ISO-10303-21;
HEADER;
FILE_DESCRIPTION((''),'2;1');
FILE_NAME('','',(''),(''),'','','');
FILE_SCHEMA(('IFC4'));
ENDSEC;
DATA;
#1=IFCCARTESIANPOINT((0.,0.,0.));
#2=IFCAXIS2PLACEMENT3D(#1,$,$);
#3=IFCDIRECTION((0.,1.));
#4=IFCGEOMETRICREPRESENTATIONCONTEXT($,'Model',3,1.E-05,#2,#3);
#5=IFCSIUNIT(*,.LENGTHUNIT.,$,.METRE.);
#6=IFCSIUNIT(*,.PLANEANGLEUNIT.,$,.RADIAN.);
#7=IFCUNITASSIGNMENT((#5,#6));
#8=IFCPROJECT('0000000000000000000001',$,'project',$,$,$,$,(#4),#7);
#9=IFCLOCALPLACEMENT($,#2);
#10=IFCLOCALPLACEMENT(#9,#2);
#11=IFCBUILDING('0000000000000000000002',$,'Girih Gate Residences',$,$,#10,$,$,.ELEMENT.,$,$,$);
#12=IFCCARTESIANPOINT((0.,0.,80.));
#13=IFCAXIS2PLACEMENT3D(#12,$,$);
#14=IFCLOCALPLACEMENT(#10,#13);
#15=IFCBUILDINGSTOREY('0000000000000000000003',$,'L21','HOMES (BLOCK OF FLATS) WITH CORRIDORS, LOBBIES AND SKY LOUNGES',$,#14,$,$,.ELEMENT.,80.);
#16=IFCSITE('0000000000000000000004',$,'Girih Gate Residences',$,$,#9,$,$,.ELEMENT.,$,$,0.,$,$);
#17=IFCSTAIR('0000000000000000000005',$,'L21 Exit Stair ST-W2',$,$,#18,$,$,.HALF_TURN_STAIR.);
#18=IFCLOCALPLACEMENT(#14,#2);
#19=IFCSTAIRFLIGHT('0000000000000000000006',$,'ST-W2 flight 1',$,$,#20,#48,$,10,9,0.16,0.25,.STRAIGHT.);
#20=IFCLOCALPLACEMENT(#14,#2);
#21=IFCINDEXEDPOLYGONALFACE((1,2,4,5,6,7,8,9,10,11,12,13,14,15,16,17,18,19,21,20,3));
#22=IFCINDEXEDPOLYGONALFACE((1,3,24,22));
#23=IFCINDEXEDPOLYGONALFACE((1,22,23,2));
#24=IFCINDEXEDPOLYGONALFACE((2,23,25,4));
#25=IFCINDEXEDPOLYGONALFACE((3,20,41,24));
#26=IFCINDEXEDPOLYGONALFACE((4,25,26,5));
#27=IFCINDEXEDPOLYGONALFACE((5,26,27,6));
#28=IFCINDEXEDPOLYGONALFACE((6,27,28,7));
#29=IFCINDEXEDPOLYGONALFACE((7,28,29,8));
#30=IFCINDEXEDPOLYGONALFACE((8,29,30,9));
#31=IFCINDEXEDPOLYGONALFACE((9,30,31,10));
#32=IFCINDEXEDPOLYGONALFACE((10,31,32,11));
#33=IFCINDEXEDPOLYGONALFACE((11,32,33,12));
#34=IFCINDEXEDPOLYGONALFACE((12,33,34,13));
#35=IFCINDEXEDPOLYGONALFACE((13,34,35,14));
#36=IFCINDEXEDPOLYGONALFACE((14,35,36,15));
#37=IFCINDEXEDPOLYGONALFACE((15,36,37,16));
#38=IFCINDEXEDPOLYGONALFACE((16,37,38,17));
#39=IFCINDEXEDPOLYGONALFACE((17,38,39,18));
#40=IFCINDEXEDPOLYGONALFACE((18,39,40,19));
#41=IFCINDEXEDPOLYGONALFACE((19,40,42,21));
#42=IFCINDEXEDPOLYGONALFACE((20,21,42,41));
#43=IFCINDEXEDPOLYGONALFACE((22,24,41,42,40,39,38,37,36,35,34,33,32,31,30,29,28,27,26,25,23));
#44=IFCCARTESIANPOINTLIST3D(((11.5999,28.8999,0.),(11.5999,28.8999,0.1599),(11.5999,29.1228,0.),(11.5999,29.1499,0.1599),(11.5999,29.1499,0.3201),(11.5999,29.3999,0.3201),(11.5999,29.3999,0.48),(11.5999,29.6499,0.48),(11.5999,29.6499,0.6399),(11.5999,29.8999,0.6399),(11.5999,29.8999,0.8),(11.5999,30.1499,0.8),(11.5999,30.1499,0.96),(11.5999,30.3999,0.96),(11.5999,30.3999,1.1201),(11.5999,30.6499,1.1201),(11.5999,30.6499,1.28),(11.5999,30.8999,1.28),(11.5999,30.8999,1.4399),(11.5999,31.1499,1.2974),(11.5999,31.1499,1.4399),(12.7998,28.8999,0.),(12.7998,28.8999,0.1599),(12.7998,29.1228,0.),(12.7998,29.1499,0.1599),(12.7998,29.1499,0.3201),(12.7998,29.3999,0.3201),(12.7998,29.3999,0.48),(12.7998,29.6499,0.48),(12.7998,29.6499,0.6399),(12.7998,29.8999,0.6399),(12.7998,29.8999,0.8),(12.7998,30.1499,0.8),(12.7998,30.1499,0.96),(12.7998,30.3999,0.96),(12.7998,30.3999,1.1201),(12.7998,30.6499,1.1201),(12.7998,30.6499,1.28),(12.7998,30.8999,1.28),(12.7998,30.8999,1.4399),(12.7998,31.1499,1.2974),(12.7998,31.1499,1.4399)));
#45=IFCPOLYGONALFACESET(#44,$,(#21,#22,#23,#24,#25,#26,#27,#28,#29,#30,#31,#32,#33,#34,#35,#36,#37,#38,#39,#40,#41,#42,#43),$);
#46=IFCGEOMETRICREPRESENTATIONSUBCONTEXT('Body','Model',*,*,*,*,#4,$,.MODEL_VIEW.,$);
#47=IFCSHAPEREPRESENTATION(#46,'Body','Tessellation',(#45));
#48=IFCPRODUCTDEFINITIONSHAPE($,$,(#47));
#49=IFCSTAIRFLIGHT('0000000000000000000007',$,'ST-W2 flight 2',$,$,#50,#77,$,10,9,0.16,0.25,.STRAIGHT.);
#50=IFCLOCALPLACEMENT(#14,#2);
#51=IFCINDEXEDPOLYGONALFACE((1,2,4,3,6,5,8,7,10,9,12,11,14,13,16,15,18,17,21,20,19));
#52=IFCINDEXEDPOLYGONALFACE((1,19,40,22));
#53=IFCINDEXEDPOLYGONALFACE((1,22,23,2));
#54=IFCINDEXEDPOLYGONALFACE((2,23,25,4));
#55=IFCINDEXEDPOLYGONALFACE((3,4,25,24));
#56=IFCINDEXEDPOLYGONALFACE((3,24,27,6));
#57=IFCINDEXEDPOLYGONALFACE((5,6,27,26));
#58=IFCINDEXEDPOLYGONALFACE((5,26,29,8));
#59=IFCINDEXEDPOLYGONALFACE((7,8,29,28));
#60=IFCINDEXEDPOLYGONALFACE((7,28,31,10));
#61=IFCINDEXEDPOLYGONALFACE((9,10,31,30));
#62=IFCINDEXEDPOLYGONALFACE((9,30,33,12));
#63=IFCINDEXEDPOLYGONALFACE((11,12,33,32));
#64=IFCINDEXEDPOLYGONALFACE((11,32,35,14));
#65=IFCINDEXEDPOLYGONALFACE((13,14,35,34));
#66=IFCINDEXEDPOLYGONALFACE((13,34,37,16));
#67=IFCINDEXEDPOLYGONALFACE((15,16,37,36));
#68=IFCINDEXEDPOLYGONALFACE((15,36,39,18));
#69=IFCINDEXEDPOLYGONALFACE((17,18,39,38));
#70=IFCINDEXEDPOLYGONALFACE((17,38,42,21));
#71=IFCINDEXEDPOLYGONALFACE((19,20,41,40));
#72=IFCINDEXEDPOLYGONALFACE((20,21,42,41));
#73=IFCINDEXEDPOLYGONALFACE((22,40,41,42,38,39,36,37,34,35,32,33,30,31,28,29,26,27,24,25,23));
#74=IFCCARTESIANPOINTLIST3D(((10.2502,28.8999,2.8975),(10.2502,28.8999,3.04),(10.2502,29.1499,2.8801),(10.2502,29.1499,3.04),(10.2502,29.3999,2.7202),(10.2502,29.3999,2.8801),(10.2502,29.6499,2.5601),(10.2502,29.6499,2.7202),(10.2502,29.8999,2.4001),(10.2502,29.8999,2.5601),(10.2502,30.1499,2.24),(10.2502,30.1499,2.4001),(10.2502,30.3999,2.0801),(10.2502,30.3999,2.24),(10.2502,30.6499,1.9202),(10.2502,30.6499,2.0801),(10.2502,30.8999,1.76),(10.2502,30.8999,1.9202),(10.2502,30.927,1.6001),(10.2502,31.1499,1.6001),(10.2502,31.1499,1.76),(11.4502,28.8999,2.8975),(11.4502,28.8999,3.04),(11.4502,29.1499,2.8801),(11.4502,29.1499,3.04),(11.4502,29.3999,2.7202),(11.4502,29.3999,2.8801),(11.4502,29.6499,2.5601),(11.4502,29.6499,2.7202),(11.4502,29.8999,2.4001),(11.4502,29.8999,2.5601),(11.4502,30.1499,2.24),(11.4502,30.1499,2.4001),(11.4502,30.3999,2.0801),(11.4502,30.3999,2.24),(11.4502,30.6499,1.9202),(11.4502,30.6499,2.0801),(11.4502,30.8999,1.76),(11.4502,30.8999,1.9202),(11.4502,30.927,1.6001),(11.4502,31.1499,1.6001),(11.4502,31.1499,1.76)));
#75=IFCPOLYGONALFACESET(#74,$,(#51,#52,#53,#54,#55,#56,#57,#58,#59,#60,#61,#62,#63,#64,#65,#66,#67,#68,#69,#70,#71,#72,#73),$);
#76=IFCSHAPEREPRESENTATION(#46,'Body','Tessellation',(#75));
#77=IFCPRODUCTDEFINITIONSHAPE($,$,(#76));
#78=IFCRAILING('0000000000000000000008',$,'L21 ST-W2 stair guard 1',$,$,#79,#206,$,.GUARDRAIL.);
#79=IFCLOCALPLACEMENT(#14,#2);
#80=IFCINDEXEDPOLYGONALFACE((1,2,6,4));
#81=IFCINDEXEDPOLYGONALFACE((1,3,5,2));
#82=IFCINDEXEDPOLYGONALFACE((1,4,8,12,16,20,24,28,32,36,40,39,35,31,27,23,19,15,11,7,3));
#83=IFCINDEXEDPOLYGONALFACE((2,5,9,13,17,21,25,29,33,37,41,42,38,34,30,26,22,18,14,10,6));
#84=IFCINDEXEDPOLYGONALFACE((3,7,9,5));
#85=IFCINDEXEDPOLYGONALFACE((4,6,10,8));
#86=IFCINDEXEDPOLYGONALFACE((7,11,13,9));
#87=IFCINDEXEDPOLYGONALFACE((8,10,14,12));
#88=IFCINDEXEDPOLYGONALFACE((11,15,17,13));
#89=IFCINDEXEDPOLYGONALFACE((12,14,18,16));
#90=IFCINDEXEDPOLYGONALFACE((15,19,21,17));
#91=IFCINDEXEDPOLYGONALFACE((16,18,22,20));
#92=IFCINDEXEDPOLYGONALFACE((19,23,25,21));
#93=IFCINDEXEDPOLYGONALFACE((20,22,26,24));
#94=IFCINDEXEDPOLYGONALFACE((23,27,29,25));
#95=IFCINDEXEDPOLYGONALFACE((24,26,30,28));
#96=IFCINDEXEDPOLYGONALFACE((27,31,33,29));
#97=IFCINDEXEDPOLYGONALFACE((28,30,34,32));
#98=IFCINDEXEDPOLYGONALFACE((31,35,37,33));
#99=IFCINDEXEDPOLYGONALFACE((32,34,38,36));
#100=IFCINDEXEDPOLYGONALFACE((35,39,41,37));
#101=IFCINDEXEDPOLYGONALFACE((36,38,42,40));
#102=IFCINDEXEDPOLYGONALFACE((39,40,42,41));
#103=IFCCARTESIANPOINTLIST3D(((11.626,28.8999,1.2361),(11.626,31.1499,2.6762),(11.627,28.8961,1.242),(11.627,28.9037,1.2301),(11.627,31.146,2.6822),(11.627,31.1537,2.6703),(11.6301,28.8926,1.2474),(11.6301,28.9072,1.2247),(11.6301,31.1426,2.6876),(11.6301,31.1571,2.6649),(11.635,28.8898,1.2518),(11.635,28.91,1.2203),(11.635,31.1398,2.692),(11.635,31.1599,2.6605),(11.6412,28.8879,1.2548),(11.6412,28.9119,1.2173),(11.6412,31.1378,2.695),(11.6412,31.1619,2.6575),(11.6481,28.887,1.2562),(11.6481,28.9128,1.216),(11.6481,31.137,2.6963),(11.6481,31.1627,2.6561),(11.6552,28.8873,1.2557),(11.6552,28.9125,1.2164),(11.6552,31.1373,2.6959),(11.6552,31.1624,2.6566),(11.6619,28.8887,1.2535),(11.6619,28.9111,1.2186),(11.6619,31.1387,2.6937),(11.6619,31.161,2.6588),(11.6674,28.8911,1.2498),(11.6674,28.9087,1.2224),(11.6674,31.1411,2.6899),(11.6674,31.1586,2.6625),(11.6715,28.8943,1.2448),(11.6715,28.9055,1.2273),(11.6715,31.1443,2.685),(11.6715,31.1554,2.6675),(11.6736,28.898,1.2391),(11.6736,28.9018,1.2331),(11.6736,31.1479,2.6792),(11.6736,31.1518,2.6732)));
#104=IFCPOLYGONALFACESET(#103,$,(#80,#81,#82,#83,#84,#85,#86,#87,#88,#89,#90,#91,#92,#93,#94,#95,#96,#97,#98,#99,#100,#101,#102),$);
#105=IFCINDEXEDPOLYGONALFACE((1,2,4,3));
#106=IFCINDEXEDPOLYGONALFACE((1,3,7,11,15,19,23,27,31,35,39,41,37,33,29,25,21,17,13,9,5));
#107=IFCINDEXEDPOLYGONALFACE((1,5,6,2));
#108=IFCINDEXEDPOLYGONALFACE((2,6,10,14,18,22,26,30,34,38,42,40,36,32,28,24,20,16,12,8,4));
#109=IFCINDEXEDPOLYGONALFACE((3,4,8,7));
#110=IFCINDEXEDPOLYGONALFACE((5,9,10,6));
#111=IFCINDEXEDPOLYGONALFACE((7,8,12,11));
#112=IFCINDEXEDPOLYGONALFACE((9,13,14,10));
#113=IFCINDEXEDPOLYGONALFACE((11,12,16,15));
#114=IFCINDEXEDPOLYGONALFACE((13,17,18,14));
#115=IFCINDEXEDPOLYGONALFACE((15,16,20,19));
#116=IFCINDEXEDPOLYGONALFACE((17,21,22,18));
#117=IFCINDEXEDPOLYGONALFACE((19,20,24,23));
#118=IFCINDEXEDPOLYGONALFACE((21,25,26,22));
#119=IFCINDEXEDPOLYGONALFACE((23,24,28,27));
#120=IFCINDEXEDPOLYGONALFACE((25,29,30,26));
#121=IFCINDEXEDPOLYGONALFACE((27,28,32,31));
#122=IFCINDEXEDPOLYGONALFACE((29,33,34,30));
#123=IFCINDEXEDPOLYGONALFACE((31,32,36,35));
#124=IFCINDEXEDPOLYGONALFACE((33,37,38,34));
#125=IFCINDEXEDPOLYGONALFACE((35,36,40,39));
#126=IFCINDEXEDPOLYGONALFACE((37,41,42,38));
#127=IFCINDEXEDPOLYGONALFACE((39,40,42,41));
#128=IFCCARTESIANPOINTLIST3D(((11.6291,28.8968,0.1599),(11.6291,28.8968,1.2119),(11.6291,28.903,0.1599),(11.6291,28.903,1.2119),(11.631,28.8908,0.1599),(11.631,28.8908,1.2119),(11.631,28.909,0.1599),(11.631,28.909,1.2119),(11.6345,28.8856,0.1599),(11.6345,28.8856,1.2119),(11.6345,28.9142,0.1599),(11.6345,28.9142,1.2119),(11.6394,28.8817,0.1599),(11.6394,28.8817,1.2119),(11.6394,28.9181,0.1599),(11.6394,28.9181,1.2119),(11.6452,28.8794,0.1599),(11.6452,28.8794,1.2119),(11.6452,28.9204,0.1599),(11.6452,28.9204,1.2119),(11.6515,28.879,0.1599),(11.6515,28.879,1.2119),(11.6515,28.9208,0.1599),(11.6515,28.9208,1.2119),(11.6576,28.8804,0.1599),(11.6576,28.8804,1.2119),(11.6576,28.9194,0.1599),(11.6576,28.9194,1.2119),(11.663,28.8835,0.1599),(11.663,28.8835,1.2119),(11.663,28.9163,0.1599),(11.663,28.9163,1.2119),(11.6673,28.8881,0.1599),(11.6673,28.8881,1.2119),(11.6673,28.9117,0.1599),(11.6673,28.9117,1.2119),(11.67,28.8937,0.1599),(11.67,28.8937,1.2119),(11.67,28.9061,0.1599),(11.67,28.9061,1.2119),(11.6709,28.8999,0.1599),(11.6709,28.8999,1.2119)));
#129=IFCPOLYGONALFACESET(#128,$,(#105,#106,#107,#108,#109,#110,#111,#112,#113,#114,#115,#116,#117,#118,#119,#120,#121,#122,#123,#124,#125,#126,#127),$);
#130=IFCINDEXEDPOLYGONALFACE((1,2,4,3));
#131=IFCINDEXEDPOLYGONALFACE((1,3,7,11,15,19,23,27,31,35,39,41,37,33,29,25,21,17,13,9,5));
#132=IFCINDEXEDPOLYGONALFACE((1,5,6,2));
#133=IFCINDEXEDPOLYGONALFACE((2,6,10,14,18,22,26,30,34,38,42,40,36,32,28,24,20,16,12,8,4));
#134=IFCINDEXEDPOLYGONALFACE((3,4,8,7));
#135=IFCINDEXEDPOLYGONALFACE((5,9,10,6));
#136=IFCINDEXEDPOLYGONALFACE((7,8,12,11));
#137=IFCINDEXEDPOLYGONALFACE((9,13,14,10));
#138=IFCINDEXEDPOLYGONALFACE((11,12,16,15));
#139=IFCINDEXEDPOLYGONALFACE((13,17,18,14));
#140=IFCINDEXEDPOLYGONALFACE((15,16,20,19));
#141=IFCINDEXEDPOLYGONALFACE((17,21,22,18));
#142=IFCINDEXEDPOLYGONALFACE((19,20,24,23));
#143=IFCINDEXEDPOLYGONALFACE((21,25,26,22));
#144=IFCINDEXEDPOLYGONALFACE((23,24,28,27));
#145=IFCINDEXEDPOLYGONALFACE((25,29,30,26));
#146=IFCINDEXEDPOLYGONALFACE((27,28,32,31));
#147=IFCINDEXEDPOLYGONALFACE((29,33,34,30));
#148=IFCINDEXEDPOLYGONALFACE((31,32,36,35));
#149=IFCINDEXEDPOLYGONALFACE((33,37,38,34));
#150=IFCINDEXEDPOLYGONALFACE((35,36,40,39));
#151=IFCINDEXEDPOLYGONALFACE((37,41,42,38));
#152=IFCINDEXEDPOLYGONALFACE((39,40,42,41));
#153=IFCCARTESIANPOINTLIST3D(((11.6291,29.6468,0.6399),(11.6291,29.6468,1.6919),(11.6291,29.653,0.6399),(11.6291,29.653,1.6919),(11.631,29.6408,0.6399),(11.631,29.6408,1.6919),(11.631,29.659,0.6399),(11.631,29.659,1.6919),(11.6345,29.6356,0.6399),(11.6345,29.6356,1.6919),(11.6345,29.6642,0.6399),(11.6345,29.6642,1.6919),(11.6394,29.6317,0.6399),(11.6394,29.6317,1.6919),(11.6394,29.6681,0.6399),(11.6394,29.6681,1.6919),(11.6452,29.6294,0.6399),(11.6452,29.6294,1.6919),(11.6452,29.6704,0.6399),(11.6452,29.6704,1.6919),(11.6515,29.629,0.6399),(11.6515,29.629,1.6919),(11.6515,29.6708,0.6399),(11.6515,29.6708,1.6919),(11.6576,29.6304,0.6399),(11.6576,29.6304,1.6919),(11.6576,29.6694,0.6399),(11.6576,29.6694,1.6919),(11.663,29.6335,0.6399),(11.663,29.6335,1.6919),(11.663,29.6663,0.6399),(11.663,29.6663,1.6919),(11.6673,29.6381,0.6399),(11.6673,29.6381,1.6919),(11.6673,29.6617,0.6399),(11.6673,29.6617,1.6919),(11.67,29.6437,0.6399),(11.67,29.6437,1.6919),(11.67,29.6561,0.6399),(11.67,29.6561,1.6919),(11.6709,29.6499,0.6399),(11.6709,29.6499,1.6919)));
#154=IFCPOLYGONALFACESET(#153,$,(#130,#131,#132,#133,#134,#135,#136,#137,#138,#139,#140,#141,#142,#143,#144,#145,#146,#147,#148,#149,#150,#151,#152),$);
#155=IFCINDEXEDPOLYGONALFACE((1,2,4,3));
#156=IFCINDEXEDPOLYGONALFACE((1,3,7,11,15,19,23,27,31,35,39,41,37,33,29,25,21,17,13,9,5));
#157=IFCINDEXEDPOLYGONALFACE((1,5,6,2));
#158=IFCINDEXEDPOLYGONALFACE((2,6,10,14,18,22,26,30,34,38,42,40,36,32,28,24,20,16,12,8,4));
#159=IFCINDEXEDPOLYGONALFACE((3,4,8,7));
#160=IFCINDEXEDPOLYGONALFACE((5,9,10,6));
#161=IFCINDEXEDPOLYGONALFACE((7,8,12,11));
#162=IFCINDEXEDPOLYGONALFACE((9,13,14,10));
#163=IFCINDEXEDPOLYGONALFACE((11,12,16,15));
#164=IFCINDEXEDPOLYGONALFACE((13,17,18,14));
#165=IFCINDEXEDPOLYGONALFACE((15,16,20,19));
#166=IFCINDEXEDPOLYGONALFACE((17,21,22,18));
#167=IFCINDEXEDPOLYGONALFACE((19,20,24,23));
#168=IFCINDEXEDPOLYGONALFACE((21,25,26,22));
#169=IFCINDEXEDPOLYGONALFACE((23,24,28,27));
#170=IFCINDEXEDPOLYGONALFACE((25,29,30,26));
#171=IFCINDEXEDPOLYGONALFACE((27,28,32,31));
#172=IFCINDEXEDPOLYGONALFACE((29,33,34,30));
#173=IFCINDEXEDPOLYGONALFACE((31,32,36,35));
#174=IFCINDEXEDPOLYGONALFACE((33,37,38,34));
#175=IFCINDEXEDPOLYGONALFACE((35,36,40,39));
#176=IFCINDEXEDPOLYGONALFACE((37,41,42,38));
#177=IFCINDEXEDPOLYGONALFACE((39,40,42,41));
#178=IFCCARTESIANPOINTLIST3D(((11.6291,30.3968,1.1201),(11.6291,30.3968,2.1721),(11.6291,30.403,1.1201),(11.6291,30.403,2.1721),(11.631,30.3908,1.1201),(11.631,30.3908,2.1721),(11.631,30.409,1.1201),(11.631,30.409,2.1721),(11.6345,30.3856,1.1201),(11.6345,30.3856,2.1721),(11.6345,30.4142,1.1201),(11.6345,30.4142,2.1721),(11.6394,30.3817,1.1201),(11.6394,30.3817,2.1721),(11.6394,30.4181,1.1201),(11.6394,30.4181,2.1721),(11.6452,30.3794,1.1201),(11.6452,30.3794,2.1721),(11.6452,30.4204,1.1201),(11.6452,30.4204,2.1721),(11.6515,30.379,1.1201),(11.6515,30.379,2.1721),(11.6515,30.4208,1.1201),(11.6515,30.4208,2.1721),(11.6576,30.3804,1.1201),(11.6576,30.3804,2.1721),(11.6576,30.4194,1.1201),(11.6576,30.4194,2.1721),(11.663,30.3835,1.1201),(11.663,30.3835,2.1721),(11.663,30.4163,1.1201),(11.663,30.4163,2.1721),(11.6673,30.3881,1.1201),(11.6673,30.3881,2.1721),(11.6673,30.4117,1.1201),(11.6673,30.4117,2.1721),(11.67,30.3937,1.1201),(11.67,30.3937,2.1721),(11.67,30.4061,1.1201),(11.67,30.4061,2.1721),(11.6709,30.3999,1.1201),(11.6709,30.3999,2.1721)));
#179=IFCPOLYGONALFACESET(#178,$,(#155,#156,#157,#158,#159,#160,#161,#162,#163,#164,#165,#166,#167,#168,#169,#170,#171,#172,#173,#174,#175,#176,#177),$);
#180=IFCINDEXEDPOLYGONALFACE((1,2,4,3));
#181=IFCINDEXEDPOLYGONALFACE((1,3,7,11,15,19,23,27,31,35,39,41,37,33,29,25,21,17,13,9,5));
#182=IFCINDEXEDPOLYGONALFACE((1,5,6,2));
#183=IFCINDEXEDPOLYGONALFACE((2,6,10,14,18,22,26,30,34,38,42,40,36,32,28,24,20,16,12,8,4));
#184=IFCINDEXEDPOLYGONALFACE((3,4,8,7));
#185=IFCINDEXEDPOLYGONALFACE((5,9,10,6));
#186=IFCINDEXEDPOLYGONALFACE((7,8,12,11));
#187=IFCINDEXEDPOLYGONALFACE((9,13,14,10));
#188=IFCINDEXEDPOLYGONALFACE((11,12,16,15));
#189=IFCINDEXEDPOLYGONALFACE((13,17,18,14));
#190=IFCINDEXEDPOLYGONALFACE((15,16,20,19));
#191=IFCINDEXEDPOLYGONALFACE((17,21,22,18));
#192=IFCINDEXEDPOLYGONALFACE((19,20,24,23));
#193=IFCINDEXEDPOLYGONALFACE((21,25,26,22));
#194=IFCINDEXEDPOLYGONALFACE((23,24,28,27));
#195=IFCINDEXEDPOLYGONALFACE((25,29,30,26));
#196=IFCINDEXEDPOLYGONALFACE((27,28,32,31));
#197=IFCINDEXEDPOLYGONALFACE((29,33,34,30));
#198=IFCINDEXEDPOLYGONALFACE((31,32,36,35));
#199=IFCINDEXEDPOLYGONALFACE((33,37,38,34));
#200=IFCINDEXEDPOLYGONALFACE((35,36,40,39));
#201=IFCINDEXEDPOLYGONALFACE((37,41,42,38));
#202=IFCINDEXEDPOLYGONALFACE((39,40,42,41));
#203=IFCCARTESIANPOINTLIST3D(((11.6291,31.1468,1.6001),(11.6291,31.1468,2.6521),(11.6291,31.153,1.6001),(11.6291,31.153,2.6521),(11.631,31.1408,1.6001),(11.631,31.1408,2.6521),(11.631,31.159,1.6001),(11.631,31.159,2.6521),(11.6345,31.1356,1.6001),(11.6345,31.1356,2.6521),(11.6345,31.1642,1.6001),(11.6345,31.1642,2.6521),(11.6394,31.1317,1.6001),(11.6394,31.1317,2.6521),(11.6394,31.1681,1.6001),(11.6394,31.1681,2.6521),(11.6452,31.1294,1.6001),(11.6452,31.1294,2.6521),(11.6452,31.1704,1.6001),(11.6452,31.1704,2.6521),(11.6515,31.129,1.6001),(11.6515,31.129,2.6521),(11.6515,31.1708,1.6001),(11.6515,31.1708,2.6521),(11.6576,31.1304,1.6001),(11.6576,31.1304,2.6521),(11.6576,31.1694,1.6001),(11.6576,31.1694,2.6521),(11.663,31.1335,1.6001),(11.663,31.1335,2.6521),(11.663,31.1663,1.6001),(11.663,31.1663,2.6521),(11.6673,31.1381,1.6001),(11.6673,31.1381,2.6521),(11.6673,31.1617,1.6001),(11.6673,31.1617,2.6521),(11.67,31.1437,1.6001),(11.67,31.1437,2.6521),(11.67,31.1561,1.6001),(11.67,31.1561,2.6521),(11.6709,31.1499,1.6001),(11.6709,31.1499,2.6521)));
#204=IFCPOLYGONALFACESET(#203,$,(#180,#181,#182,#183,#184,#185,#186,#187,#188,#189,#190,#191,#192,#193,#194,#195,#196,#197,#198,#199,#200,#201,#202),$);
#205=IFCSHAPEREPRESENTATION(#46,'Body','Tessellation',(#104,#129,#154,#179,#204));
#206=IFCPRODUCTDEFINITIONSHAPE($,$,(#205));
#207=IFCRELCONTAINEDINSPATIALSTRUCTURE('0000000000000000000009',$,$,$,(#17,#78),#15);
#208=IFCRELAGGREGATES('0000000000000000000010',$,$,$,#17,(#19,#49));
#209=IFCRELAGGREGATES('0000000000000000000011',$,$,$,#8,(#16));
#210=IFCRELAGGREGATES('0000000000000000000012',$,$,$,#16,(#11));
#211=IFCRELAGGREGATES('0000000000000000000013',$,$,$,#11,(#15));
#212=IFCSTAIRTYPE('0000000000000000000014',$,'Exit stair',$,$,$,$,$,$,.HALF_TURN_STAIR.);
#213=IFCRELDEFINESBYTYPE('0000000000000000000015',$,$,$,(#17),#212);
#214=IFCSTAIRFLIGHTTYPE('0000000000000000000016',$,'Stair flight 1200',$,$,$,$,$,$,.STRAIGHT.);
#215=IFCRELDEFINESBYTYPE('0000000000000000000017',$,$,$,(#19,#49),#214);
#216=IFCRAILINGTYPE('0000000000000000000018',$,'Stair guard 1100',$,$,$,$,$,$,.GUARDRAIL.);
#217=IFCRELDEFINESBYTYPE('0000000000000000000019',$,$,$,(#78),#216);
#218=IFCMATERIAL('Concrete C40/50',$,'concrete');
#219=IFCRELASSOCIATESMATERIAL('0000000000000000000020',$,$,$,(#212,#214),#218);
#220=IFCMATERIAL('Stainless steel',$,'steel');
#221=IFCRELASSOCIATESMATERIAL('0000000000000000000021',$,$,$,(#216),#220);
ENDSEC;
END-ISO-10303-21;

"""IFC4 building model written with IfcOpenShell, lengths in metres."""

from ifc_helpers import new_model, si_unit, direction, frame, origin, origin_2d, place, context, subcontext, project, spatial, polyline, circle, outline, extrude, material, type_object, element, aggregate, save


model = new_model("IFC4")

# Units and contexts
model_context = context("Model", 3, precision=1e-05, world=origin(), true_north=direction((0.0, 1.0)))
body_context = subcontext(model_context, "Body", "Model", "MODEL_VIEW")
ifc_project = project(units=[si_unit("LENGTHUNIT", "METRE"), si_unit("PLANEANGLEUNIT", "RADIAN")], contexts=[model_context])

# Site, building, storey
site_placement = place(None, origin())
site = spatial("IfcSite", under=ifc_project, at=site_placement, Name="Girih Gate Residences", CompositionType="ELEMENT", RefElevation=0.0)
building_placement = place(site_placement, origin())
building = spatial("IfcBuilding", under=site, at=building_placement, Name="Girih Gate Residences", CompositionType="ELEMENT")
storey_placement = place(building_placement, frame((0.0, 0.0, 80.0)))
storey = spatial("IfcBuildingStorey", under=building, at=storey_placement, Name="L21", Description="HOMES (BLOCK OF FLATS) WITH CORRIDORS, LOBBIES AND SKY LOUNGES", CompositionType="ELEMENT", Elevation=80.0)

# Shared definitions
ifc_material_1 = material(Name="Concrete C40/50", Category="concrete")

# Stair, stair flights
stair_type = type_object("IfcStairType", Name="Exit stair", PredefinedType="HALF_TURN_STAIR", material=ifc_material_1)
stair_placement = place(storey_placement, origin())
stair = element("IfcStair", 1, at=stair_placement, inside=storey, type_object=stair_type, Name="L21 Exit Stair ST-W2", PredefinedType="HALF_TURN_STAIR")
stair_flight_type = type_object("IfcStairFlightType", Name="Stair flight 1200", PredefinedType="STRAIGHT", material=ifc_material_1)
stair_flight_1_placement = place(storey_placement, frame((12.2, 28.8999, 0.0), z_axis=(0.0, 0.0, 1.0), x_axis=(0.0, 1.0, 0.0)))
stair_flight_1 = element("IfcStairFlight", 2, at=stair_flight_1_placement, type_object=stair_flight_type, Name="ST-W2 flight 1", NumberOfRisers=10, NumberOfTreads=9, PredefinedType="STRAIGHT", RiserHeight=0.16, TreadLength=0.25, context=body_context, shape_type="SweptSolid", body=[
    extrude(outline(polyline([(0.0, 0.0), (0.0, 0.1599), (0.25, 0.1599), (0.25, 0.3201), (0.5, 0.3201), (0.5, 0.48), (0.75, 0.48), (0.75, 0.6399), (1.0, 0.6399), (1.0, 0.8), (1.25, 0.8), (1.25, 0.96), (1.5, 0.96), (1.5, 1.1201), (1.75, 1.1201), (1.75, 1.28), (2.0, 1.28), (2.0, 1.4399), (2.25, 1.4399), (2.25, 1.6001), (2.25, 1.2974), (0.2229, 0.0), (0.0, 0.0)])), frame((0.0, 0.6001, 0.0), z_axis=(0.0, -1.0, 0.0), x_axis=(1.0, 0.0, 0.0)), (0.0, 0.0, 1.0), 1.2),
])
stair_flight_2_placement = place(storey_placement, frame((10.8501, 31.1499, 1.6001), z_axis=(0.0, 0.0, 1.0), x_axis=(0.0, -1.0, 0.0)))
stair_flight_2 = element("IfcStairFlight", 3, at=stair_flight_2_placement, type_object=stair_flight_type, Name="ST-W2 flight 2", NumberOfRisers=10, NumberOfTreads=9, PredefinedType="STRAIGHT", RiserHeight=0.16, TreadLength=0.25, context=body_context, shape_type="SweptSolid", body=[
    extrude(outline(polyline([(0.0, 0.0), (0.0, 0.1599), (0.25, 0.1599), (0.25, 0.3201), (0.5, 0.3201), (0.5, 0.48), (0.75, 0.48), (0.75, 0.6399), (1.0, 0.6399), (1.0, 0.8), (1.25, 0.8), (1.25, 0.96), (1.5, 0.96), (1.5, 1.1201), (1.75, 1.1201), (1.75, 1.28), (2.0, 1.28), (2.0, 1.4399), (2.25, 1.4399), (2.25, 1.6001), (2.25, 1.2974), (0.2229, 0.0), (0.0, 0.0)])), frame((0.0, 0.6001, 0.0), z_axis=(0.0, -1.0, 0.0), x_axis=(1.0, 0.0, 0.0)), (0.0, 0.0, 1.0), 1.2),
])
aggregate(stair, [stair_flight_1, stair_flight_2])

# Railing
ifc_material_2 = material(Name="Stainless steel", Category="steel")
railing_type_1 = type_object("IfcRailingType", Name="Stair guard 1100", PredefinedType="GUARDRAIL", material=ifc_material_2)
railing_1_placement = place(storey_placement, frame((11.6499, 28.8999, 0.1599)))
element("IfcRailing", 4, at=railing_1_placement, inside=storey, type_object=railing_type_1, Name="L21 ST-W2 stair guard 1", PredefinedType="GUARDRAIL", context=body_context, shape_type="SweptSolid", body=[
    extrude(circle(Radius=0.0239, at=origin_2d()), frame((0.0, 0.0, 1.0762), z_axis=(0.0, 0.84224, 0.539103), x_axis=(-1.0, 0.0, 0.0)), (0.0, 0.0, 1.0), 2.6714),
    extrude(circle(Radius=0.021, at=origin_2d()), origin(), (0.0, 0.0, 1.0), 1.052),
    extrude(circle(Radius=0.021, at=origin_2d()), frame((0.0, 0.75, 0.48)), (0.0, 0.0, 1.0), 1.052),
    extrude(circle(Radius=0.021, at=origin_2d()), frame((0.0, 1.5, 0.9602)), (0.0, 0.0, 1.0), 1.052),
    extrude(circle(Radius=0.021, at=origin_2d()), frame((0.0, 2.25, 1.4402)), (0.0, 0.0, 1.0), 1.052),
])

save(model, "model.ifc")
